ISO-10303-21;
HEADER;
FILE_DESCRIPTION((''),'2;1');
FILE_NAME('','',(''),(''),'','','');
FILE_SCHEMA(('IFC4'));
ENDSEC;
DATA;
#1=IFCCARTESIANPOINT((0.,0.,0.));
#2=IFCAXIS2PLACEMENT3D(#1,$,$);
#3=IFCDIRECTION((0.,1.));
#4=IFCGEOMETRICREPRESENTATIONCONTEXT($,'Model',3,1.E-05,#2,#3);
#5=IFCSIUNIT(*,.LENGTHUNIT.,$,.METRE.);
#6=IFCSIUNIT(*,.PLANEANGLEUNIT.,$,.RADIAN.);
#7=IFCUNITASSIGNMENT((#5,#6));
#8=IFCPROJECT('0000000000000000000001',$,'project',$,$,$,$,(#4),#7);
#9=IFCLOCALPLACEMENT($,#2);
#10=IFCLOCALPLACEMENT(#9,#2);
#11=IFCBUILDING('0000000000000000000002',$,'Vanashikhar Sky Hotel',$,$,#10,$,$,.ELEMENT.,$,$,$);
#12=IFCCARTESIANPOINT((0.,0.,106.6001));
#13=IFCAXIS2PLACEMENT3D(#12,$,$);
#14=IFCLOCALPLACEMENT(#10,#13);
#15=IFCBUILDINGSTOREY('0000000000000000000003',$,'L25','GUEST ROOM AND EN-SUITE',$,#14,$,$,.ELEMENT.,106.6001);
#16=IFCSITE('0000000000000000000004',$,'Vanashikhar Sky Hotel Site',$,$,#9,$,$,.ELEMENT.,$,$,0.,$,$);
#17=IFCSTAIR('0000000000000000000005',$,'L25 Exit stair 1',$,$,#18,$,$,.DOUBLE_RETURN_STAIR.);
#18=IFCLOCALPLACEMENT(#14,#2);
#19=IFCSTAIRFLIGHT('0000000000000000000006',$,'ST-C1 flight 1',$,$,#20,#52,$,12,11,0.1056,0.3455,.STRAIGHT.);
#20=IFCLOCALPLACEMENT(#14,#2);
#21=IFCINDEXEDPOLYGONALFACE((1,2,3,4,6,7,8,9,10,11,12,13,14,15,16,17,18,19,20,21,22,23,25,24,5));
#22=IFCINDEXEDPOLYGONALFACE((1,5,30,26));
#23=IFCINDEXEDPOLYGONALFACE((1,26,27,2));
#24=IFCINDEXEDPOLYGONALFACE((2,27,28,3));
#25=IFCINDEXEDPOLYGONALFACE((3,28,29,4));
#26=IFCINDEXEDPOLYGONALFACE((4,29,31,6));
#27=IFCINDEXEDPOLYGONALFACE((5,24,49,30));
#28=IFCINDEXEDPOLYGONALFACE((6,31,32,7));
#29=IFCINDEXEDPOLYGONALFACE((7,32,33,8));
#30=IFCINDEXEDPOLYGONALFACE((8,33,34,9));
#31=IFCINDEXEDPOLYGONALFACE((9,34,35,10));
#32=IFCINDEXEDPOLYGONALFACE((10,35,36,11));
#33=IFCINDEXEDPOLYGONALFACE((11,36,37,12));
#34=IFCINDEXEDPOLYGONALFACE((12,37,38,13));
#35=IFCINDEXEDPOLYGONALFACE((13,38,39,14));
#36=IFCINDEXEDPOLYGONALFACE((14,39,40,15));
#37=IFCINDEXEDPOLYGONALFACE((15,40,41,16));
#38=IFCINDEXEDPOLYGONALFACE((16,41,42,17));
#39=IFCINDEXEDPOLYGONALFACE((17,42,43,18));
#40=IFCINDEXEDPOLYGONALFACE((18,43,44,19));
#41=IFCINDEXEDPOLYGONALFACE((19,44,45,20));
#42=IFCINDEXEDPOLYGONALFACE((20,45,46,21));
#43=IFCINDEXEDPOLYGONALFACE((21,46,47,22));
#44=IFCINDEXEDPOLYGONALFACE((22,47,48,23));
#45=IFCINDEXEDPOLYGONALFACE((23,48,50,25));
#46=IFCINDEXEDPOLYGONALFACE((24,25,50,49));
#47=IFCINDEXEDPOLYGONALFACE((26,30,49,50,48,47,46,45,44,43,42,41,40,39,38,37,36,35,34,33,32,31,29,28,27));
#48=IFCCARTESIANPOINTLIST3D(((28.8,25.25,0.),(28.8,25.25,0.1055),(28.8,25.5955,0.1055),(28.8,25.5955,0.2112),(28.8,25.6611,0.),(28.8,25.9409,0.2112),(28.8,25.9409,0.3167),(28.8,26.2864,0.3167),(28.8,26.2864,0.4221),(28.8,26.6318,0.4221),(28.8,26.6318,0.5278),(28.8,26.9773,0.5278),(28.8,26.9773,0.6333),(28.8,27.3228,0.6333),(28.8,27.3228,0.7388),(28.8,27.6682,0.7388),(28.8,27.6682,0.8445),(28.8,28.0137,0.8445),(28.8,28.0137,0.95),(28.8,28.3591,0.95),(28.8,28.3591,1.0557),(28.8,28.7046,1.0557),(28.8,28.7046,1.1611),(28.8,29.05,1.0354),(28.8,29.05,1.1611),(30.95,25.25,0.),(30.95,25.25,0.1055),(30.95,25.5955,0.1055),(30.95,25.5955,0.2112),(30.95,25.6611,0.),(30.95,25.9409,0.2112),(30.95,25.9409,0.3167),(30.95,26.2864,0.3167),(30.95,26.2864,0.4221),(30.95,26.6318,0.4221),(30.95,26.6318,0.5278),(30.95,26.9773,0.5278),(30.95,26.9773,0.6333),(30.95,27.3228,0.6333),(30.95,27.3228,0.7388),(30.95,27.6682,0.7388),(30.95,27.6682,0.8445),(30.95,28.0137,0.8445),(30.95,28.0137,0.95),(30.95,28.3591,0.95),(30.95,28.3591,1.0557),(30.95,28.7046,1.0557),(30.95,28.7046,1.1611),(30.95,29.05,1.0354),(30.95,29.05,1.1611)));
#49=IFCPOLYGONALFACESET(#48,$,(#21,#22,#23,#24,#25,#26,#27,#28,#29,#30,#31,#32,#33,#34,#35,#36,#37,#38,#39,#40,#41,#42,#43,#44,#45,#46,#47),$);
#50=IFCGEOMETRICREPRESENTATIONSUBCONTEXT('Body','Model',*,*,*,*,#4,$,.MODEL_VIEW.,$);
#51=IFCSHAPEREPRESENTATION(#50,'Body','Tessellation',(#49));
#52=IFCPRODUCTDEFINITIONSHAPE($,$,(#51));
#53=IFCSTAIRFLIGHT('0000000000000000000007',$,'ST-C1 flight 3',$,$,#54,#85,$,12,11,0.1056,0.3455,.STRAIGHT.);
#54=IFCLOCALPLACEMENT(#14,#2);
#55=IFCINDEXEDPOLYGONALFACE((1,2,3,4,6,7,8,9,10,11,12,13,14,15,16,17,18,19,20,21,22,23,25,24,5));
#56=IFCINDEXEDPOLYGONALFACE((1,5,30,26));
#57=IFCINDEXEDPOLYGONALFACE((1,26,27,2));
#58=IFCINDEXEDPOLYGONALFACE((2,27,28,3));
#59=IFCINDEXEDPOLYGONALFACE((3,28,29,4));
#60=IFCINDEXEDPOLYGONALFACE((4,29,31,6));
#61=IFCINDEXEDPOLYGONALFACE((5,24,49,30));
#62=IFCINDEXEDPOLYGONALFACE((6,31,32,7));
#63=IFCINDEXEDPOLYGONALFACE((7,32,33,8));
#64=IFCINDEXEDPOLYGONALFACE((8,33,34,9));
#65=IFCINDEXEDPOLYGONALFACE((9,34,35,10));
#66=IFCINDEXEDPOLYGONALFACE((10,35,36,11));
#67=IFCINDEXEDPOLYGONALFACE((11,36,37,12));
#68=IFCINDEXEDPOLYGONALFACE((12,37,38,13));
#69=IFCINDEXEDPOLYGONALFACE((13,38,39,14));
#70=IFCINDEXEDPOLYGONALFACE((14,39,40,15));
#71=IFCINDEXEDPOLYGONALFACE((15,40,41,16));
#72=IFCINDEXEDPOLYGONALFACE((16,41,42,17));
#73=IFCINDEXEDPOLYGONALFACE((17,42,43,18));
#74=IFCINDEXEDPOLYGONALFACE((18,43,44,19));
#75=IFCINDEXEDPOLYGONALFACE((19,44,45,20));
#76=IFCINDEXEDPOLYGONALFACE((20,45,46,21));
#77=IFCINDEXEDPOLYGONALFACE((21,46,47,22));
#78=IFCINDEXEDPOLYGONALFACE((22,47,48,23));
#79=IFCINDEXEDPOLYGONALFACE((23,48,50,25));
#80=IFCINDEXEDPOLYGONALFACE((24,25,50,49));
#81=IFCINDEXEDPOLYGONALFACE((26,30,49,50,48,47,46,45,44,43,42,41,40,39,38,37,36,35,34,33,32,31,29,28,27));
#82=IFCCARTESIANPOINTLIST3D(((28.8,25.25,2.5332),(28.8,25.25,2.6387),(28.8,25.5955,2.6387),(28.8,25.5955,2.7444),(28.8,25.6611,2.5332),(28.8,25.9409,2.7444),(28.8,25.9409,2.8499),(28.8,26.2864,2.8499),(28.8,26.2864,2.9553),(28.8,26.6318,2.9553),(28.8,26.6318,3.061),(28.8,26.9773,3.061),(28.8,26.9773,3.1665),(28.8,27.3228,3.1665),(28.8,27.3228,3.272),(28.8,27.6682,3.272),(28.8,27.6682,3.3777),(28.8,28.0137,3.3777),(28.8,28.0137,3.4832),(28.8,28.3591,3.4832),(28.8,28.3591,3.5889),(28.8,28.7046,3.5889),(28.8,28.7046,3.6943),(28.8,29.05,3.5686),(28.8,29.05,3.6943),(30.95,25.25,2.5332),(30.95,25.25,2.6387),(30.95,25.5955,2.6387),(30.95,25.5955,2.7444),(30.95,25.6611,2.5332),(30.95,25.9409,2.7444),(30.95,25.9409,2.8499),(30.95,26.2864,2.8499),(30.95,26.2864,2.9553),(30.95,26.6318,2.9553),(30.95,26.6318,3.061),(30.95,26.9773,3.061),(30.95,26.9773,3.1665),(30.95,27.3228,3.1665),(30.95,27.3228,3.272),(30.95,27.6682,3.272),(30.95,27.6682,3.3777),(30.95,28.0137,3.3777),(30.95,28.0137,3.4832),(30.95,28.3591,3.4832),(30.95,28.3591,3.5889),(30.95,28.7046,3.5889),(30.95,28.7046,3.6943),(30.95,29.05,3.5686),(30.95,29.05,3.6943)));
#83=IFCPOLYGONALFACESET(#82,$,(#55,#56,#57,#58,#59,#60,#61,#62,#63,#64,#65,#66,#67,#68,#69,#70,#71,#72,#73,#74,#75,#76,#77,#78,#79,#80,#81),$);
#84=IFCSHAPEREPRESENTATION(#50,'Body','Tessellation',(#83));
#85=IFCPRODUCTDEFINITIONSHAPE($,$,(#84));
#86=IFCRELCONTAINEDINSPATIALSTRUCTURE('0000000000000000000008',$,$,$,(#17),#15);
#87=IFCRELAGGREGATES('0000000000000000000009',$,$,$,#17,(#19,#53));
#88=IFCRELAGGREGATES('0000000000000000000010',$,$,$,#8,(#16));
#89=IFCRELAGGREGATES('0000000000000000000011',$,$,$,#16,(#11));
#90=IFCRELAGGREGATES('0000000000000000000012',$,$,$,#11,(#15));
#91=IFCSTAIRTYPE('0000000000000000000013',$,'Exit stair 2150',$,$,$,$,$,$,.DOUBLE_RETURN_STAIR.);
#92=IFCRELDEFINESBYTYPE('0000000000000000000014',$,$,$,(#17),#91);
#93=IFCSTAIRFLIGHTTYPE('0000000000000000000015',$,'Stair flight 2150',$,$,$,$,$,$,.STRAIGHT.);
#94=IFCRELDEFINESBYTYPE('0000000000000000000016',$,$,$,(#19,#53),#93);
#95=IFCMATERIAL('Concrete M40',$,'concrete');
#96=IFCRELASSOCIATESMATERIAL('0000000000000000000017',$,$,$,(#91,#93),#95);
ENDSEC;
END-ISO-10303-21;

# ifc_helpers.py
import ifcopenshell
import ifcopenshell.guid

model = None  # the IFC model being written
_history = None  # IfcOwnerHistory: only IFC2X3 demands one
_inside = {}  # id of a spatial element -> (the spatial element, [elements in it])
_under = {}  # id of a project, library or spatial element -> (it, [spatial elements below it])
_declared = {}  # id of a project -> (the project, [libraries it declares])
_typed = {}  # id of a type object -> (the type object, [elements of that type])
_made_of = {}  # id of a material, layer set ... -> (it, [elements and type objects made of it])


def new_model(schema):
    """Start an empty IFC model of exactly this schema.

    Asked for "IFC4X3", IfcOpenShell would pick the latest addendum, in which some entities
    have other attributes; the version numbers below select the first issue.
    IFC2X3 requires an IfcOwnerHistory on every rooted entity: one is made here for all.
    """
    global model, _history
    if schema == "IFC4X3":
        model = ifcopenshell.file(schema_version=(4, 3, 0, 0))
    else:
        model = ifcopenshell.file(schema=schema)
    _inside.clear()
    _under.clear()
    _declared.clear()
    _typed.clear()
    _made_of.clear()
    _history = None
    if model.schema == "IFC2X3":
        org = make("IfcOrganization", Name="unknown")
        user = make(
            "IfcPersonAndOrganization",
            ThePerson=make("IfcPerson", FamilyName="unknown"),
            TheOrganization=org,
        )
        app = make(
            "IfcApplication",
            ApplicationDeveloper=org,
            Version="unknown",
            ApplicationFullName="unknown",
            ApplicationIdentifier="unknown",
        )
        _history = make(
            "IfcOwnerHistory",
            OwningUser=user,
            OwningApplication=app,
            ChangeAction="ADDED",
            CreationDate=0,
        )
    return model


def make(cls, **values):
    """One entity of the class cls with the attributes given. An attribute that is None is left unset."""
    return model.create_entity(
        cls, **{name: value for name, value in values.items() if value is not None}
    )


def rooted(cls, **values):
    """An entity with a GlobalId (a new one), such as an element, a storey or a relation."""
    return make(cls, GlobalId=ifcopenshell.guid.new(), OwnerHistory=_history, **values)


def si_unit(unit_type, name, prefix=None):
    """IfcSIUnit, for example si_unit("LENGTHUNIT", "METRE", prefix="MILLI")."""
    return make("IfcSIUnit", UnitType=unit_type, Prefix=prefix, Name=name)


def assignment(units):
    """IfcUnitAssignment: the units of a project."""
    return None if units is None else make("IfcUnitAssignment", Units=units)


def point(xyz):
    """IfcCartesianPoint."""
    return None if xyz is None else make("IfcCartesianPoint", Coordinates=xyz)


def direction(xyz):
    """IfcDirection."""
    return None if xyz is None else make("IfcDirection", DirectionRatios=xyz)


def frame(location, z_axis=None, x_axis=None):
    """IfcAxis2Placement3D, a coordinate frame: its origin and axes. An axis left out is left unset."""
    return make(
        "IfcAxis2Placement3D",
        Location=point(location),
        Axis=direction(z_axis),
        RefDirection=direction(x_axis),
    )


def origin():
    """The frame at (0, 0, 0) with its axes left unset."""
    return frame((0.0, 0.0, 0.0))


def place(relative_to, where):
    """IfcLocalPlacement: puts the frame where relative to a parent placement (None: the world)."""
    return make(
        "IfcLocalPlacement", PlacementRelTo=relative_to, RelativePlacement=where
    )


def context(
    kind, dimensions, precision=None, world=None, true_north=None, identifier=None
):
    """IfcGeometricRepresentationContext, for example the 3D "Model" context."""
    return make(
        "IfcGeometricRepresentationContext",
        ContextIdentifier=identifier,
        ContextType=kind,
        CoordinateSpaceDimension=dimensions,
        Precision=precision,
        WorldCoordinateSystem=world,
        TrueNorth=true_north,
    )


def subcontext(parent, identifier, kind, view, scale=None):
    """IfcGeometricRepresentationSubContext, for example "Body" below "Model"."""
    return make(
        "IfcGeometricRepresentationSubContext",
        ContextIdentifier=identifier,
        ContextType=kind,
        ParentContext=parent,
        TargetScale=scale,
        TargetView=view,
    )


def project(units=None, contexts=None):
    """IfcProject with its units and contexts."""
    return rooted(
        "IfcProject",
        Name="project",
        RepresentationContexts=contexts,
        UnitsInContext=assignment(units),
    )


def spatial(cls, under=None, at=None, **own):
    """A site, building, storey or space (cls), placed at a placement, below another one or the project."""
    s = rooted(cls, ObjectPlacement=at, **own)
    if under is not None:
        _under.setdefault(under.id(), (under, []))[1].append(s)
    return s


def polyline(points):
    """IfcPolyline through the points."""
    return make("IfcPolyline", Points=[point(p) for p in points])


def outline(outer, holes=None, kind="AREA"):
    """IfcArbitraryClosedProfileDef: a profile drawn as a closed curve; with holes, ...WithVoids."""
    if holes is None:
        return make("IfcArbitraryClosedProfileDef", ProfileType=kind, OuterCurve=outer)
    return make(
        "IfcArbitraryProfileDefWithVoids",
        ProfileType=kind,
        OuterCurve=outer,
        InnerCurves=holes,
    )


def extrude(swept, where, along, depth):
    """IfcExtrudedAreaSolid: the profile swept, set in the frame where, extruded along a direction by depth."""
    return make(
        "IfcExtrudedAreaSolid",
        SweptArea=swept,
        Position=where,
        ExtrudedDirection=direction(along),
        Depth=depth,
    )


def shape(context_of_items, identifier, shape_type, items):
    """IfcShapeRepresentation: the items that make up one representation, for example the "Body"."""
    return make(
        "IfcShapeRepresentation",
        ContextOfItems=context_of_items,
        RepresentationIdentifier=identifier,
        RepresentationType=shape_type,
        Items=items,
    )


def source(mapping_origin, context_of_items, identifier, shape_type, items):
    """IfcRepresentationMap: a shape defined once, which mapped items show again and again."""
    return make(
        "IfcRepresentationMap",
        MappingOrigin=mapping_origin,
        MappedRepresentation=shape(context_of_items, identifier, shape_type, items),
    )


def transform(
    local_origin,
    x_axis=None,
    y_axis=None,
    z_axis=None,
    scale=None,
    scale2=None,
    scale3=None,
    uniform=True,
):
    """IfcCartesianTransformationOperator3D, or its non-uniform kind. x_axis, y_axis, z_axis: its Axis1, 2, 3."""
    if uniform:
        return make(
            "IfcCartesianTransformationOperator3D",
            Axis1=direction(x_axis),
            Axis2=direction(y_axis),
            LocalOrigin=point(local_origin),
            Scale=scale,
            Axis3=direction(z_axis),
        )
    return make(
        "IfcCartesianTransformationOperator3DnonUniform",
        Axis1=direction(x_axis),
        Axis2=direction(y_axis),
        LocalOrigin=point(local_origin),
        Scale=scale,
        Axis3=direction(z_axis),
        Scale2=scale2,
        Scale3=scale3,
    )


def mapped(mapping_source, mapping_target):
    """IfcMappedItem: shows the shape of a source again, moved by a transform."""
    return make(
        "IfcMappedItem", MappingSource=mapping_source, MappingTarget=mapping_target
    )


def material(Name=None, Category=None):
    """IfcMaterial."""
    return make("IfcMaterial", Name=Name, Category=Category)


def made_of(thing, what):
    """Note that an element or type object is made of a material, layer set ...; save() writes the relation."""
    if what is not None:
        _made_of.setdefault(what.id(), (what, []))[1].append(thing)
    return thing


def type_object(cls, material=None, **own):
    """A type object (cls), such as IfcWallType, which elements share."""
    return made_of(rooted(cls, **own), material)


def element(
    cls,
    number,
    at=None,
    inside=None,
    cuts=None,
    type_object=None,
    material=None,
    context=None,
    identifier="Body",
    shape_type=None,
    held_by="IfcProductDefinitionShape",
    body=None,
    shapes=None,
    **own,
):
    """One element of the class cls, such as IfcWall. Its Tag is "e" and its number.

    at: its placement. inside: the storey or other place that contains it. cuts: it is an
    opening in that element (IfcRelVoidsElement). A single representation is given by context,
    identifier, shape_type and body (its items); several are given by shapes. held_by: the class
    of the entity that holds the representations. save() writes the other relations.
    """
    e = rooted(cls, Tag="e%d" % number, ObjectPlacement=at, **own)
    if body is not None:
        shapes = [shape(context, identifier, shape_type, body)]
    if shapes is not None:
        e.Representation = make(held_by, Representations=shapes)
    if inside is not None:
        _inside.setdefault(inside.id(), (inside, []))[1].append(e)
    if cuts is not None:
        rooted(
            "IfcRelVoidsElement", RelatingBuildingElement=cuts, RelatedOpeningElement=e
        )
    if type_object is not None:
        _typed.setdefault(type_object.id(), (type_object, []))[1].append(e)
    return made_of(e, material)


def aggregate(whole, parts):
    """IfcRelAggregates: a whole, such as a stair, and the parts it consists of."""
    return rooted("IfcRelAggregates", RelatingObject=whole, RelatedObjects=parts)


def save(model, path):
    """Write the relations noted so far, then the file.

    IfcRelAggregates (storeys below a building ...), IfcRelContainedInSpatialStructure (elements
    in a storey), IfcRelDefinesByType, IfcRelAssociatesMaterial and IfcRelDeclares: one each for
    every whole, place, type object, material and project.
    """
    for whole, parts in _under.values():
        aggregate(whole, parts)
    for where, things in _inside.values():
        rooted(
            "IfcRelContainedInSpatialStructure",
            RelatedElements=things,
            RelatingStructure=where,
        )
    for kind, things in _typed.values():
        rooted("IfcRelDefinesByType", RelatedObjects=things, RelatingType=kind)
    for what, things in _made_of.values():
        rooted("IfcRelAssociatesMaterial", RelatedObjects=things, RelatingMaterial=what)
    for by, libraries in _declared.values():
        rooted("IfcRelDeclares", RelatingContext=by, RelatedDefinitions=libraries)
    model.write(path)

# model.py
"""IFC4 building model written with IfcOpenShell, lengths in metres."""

from ifc_helpers import new_model, si_unit, direction, frame, origin, place, context, subcontext, project, spatial, polyline, outline, extrude, source, transform, mapped, material, type_object, element, aggregate, save


model = new_model("IFC4")

# Units and contexts
model_context = context("Model", 3, precision=1e-05, world=origin(), true_north=direction((0.0, 1.0)))
body_context = subcontext(model_context, "Body", "Model", "MODEL_VIEW")
ifc_project = project(units=[si_unit("LENGTHUNIT", "METRE"), si_unit("PLANEANGLEUNIT", "RADIAN")], contexts=[model_context])

# Site, building, storey
site_placement = place(None, origin())
site = spatial("IfcSite", under=ifc_project, at=site_placement, Name="Vanashikhar Sky Hotel Site", CompositionType="ELEMENT", RefElevation=0.0)
building_placement = place(site_placement, origin())
building = spatial("IfcBuilding", under=site, at=building_placement, Name="Vanashikhar Sky Hotel", CompositionType="ELEMENT")
storey_placement = place(building_placement, frame((0.0, 0.0, 106.6001)))
storey = spatial("IfcBuildingStorey", under=building, at=storey_placement, Name="L25", Description="GUEST ROOM AND EN-SUITE", CompositionType="ELEMENT", Elevation=106.6001)

# Shared definitions
ifc_material_1 = material(Name="Concrete M40", Category="concrete")

# Stair, stair flights
stair_type = type_object("IfcStairType", Name="Exit stair 2150", PredefinedType="DOUBLE_RETURN_STAIR", material=ifc_material_1)
stair_placement = place(storey_placement, origin())
stair = element("IfcStair", 1, at=stair_placement, inside=storey, type_object=stair_type, Name="L25 Exit stair 1", PredefinedType="DOUBLE_RETURN_STAIR")
stair_flight_type = type_object("IfcStairFlightType", Name="Stair flight 2150", PredefinedType="STRAIGHT", material=ifc_material_1)
shared_shape_1 = source(origin(), body_context, "Body", "SweptSolid", [
    extrude(outline(polyline([(0.0, 0.0), (0.0, 0.1055), (0.3455, 0.1055), (0.3455, 0.2112), (0.6909, 0.2112), (0.6909, 0.3167), (1.0364, 0.3167), (1.0364, 0.4221), (1.3818, 0.4221), (1.3818, 0.5278), (1.7273, 0.5278), (1.7273, 0.6333), (2.0728, 0.6333), (2.0728, 0.7388), (2.4182, 0.7388), (2.4182, 0.8445), (2.7637, 0.8445), (2.7637, 0.95), (3.1091, 0.95), (3.1091, 1.0557), (3.4546, 1.0557), (3.4546, 1.1611), (3.8, 1.1611), (3.8, 1.2666), (3.8, 1.0354), (0.4111, 0.0), (0.0, 0.0)])), frame((0.0, 1.075, 0.0), z_axis=(0.0, -1.0, 0.0), x_axis=(1.0, 0.0, 0.0)), (0.0, 0.0, 1.0), 2.1499),
])
stair_flight_1_placement = place(storey_placement, frame((29.875, 25.25, 0.0), z_axis=(0.0, 0.0, 1.0), x_axis=(0.0, 1.0, 0.0)))
stair_flight_1 = element("IfcStairFlight", 2, at=stair_flight_1_placement, type_object=stair_flight_type, Name="ST-C1 flight 1", NumberOfRisers=12, NumberOfTreads=11, PredefinedType="STRAIGHT", RiserHeight=0.1056, TreadLength=0.3455, context=body_context, shape_type="MappedRepresentation", body=[
    mapped(shared_shape_1, transform((0.0, 0.0, 0.0), scale=1.0)),
])
stair_flight_2_placement = place(storey_placement, frame((29.875, 25.25, 2.5332), z_axis=(0.0, 0.0, 1.0), x_axis=(0.0, 1.0, 0.0)))
stair_flight_2 = element("IfcStairFlight", 3, at=stair_flight_2_placement, type_object=stair_flight_type, Name="ST-C1 flight 3", NumberOfRisers=12, NumberOfTreads=11, PredefinedType="STRAIGHT", RiserHeight=0.1056, TreadLength=0.3455, context=body_context, shape_type="MappedRepresentation", body=[
    mapped(shared_shape_1, transform((0.0, 0.0, 0.0), scale=1.0)),
])
aggregate(stair, [stair_flight_1, stair_flight_2])

save(model, "model.ifc")
